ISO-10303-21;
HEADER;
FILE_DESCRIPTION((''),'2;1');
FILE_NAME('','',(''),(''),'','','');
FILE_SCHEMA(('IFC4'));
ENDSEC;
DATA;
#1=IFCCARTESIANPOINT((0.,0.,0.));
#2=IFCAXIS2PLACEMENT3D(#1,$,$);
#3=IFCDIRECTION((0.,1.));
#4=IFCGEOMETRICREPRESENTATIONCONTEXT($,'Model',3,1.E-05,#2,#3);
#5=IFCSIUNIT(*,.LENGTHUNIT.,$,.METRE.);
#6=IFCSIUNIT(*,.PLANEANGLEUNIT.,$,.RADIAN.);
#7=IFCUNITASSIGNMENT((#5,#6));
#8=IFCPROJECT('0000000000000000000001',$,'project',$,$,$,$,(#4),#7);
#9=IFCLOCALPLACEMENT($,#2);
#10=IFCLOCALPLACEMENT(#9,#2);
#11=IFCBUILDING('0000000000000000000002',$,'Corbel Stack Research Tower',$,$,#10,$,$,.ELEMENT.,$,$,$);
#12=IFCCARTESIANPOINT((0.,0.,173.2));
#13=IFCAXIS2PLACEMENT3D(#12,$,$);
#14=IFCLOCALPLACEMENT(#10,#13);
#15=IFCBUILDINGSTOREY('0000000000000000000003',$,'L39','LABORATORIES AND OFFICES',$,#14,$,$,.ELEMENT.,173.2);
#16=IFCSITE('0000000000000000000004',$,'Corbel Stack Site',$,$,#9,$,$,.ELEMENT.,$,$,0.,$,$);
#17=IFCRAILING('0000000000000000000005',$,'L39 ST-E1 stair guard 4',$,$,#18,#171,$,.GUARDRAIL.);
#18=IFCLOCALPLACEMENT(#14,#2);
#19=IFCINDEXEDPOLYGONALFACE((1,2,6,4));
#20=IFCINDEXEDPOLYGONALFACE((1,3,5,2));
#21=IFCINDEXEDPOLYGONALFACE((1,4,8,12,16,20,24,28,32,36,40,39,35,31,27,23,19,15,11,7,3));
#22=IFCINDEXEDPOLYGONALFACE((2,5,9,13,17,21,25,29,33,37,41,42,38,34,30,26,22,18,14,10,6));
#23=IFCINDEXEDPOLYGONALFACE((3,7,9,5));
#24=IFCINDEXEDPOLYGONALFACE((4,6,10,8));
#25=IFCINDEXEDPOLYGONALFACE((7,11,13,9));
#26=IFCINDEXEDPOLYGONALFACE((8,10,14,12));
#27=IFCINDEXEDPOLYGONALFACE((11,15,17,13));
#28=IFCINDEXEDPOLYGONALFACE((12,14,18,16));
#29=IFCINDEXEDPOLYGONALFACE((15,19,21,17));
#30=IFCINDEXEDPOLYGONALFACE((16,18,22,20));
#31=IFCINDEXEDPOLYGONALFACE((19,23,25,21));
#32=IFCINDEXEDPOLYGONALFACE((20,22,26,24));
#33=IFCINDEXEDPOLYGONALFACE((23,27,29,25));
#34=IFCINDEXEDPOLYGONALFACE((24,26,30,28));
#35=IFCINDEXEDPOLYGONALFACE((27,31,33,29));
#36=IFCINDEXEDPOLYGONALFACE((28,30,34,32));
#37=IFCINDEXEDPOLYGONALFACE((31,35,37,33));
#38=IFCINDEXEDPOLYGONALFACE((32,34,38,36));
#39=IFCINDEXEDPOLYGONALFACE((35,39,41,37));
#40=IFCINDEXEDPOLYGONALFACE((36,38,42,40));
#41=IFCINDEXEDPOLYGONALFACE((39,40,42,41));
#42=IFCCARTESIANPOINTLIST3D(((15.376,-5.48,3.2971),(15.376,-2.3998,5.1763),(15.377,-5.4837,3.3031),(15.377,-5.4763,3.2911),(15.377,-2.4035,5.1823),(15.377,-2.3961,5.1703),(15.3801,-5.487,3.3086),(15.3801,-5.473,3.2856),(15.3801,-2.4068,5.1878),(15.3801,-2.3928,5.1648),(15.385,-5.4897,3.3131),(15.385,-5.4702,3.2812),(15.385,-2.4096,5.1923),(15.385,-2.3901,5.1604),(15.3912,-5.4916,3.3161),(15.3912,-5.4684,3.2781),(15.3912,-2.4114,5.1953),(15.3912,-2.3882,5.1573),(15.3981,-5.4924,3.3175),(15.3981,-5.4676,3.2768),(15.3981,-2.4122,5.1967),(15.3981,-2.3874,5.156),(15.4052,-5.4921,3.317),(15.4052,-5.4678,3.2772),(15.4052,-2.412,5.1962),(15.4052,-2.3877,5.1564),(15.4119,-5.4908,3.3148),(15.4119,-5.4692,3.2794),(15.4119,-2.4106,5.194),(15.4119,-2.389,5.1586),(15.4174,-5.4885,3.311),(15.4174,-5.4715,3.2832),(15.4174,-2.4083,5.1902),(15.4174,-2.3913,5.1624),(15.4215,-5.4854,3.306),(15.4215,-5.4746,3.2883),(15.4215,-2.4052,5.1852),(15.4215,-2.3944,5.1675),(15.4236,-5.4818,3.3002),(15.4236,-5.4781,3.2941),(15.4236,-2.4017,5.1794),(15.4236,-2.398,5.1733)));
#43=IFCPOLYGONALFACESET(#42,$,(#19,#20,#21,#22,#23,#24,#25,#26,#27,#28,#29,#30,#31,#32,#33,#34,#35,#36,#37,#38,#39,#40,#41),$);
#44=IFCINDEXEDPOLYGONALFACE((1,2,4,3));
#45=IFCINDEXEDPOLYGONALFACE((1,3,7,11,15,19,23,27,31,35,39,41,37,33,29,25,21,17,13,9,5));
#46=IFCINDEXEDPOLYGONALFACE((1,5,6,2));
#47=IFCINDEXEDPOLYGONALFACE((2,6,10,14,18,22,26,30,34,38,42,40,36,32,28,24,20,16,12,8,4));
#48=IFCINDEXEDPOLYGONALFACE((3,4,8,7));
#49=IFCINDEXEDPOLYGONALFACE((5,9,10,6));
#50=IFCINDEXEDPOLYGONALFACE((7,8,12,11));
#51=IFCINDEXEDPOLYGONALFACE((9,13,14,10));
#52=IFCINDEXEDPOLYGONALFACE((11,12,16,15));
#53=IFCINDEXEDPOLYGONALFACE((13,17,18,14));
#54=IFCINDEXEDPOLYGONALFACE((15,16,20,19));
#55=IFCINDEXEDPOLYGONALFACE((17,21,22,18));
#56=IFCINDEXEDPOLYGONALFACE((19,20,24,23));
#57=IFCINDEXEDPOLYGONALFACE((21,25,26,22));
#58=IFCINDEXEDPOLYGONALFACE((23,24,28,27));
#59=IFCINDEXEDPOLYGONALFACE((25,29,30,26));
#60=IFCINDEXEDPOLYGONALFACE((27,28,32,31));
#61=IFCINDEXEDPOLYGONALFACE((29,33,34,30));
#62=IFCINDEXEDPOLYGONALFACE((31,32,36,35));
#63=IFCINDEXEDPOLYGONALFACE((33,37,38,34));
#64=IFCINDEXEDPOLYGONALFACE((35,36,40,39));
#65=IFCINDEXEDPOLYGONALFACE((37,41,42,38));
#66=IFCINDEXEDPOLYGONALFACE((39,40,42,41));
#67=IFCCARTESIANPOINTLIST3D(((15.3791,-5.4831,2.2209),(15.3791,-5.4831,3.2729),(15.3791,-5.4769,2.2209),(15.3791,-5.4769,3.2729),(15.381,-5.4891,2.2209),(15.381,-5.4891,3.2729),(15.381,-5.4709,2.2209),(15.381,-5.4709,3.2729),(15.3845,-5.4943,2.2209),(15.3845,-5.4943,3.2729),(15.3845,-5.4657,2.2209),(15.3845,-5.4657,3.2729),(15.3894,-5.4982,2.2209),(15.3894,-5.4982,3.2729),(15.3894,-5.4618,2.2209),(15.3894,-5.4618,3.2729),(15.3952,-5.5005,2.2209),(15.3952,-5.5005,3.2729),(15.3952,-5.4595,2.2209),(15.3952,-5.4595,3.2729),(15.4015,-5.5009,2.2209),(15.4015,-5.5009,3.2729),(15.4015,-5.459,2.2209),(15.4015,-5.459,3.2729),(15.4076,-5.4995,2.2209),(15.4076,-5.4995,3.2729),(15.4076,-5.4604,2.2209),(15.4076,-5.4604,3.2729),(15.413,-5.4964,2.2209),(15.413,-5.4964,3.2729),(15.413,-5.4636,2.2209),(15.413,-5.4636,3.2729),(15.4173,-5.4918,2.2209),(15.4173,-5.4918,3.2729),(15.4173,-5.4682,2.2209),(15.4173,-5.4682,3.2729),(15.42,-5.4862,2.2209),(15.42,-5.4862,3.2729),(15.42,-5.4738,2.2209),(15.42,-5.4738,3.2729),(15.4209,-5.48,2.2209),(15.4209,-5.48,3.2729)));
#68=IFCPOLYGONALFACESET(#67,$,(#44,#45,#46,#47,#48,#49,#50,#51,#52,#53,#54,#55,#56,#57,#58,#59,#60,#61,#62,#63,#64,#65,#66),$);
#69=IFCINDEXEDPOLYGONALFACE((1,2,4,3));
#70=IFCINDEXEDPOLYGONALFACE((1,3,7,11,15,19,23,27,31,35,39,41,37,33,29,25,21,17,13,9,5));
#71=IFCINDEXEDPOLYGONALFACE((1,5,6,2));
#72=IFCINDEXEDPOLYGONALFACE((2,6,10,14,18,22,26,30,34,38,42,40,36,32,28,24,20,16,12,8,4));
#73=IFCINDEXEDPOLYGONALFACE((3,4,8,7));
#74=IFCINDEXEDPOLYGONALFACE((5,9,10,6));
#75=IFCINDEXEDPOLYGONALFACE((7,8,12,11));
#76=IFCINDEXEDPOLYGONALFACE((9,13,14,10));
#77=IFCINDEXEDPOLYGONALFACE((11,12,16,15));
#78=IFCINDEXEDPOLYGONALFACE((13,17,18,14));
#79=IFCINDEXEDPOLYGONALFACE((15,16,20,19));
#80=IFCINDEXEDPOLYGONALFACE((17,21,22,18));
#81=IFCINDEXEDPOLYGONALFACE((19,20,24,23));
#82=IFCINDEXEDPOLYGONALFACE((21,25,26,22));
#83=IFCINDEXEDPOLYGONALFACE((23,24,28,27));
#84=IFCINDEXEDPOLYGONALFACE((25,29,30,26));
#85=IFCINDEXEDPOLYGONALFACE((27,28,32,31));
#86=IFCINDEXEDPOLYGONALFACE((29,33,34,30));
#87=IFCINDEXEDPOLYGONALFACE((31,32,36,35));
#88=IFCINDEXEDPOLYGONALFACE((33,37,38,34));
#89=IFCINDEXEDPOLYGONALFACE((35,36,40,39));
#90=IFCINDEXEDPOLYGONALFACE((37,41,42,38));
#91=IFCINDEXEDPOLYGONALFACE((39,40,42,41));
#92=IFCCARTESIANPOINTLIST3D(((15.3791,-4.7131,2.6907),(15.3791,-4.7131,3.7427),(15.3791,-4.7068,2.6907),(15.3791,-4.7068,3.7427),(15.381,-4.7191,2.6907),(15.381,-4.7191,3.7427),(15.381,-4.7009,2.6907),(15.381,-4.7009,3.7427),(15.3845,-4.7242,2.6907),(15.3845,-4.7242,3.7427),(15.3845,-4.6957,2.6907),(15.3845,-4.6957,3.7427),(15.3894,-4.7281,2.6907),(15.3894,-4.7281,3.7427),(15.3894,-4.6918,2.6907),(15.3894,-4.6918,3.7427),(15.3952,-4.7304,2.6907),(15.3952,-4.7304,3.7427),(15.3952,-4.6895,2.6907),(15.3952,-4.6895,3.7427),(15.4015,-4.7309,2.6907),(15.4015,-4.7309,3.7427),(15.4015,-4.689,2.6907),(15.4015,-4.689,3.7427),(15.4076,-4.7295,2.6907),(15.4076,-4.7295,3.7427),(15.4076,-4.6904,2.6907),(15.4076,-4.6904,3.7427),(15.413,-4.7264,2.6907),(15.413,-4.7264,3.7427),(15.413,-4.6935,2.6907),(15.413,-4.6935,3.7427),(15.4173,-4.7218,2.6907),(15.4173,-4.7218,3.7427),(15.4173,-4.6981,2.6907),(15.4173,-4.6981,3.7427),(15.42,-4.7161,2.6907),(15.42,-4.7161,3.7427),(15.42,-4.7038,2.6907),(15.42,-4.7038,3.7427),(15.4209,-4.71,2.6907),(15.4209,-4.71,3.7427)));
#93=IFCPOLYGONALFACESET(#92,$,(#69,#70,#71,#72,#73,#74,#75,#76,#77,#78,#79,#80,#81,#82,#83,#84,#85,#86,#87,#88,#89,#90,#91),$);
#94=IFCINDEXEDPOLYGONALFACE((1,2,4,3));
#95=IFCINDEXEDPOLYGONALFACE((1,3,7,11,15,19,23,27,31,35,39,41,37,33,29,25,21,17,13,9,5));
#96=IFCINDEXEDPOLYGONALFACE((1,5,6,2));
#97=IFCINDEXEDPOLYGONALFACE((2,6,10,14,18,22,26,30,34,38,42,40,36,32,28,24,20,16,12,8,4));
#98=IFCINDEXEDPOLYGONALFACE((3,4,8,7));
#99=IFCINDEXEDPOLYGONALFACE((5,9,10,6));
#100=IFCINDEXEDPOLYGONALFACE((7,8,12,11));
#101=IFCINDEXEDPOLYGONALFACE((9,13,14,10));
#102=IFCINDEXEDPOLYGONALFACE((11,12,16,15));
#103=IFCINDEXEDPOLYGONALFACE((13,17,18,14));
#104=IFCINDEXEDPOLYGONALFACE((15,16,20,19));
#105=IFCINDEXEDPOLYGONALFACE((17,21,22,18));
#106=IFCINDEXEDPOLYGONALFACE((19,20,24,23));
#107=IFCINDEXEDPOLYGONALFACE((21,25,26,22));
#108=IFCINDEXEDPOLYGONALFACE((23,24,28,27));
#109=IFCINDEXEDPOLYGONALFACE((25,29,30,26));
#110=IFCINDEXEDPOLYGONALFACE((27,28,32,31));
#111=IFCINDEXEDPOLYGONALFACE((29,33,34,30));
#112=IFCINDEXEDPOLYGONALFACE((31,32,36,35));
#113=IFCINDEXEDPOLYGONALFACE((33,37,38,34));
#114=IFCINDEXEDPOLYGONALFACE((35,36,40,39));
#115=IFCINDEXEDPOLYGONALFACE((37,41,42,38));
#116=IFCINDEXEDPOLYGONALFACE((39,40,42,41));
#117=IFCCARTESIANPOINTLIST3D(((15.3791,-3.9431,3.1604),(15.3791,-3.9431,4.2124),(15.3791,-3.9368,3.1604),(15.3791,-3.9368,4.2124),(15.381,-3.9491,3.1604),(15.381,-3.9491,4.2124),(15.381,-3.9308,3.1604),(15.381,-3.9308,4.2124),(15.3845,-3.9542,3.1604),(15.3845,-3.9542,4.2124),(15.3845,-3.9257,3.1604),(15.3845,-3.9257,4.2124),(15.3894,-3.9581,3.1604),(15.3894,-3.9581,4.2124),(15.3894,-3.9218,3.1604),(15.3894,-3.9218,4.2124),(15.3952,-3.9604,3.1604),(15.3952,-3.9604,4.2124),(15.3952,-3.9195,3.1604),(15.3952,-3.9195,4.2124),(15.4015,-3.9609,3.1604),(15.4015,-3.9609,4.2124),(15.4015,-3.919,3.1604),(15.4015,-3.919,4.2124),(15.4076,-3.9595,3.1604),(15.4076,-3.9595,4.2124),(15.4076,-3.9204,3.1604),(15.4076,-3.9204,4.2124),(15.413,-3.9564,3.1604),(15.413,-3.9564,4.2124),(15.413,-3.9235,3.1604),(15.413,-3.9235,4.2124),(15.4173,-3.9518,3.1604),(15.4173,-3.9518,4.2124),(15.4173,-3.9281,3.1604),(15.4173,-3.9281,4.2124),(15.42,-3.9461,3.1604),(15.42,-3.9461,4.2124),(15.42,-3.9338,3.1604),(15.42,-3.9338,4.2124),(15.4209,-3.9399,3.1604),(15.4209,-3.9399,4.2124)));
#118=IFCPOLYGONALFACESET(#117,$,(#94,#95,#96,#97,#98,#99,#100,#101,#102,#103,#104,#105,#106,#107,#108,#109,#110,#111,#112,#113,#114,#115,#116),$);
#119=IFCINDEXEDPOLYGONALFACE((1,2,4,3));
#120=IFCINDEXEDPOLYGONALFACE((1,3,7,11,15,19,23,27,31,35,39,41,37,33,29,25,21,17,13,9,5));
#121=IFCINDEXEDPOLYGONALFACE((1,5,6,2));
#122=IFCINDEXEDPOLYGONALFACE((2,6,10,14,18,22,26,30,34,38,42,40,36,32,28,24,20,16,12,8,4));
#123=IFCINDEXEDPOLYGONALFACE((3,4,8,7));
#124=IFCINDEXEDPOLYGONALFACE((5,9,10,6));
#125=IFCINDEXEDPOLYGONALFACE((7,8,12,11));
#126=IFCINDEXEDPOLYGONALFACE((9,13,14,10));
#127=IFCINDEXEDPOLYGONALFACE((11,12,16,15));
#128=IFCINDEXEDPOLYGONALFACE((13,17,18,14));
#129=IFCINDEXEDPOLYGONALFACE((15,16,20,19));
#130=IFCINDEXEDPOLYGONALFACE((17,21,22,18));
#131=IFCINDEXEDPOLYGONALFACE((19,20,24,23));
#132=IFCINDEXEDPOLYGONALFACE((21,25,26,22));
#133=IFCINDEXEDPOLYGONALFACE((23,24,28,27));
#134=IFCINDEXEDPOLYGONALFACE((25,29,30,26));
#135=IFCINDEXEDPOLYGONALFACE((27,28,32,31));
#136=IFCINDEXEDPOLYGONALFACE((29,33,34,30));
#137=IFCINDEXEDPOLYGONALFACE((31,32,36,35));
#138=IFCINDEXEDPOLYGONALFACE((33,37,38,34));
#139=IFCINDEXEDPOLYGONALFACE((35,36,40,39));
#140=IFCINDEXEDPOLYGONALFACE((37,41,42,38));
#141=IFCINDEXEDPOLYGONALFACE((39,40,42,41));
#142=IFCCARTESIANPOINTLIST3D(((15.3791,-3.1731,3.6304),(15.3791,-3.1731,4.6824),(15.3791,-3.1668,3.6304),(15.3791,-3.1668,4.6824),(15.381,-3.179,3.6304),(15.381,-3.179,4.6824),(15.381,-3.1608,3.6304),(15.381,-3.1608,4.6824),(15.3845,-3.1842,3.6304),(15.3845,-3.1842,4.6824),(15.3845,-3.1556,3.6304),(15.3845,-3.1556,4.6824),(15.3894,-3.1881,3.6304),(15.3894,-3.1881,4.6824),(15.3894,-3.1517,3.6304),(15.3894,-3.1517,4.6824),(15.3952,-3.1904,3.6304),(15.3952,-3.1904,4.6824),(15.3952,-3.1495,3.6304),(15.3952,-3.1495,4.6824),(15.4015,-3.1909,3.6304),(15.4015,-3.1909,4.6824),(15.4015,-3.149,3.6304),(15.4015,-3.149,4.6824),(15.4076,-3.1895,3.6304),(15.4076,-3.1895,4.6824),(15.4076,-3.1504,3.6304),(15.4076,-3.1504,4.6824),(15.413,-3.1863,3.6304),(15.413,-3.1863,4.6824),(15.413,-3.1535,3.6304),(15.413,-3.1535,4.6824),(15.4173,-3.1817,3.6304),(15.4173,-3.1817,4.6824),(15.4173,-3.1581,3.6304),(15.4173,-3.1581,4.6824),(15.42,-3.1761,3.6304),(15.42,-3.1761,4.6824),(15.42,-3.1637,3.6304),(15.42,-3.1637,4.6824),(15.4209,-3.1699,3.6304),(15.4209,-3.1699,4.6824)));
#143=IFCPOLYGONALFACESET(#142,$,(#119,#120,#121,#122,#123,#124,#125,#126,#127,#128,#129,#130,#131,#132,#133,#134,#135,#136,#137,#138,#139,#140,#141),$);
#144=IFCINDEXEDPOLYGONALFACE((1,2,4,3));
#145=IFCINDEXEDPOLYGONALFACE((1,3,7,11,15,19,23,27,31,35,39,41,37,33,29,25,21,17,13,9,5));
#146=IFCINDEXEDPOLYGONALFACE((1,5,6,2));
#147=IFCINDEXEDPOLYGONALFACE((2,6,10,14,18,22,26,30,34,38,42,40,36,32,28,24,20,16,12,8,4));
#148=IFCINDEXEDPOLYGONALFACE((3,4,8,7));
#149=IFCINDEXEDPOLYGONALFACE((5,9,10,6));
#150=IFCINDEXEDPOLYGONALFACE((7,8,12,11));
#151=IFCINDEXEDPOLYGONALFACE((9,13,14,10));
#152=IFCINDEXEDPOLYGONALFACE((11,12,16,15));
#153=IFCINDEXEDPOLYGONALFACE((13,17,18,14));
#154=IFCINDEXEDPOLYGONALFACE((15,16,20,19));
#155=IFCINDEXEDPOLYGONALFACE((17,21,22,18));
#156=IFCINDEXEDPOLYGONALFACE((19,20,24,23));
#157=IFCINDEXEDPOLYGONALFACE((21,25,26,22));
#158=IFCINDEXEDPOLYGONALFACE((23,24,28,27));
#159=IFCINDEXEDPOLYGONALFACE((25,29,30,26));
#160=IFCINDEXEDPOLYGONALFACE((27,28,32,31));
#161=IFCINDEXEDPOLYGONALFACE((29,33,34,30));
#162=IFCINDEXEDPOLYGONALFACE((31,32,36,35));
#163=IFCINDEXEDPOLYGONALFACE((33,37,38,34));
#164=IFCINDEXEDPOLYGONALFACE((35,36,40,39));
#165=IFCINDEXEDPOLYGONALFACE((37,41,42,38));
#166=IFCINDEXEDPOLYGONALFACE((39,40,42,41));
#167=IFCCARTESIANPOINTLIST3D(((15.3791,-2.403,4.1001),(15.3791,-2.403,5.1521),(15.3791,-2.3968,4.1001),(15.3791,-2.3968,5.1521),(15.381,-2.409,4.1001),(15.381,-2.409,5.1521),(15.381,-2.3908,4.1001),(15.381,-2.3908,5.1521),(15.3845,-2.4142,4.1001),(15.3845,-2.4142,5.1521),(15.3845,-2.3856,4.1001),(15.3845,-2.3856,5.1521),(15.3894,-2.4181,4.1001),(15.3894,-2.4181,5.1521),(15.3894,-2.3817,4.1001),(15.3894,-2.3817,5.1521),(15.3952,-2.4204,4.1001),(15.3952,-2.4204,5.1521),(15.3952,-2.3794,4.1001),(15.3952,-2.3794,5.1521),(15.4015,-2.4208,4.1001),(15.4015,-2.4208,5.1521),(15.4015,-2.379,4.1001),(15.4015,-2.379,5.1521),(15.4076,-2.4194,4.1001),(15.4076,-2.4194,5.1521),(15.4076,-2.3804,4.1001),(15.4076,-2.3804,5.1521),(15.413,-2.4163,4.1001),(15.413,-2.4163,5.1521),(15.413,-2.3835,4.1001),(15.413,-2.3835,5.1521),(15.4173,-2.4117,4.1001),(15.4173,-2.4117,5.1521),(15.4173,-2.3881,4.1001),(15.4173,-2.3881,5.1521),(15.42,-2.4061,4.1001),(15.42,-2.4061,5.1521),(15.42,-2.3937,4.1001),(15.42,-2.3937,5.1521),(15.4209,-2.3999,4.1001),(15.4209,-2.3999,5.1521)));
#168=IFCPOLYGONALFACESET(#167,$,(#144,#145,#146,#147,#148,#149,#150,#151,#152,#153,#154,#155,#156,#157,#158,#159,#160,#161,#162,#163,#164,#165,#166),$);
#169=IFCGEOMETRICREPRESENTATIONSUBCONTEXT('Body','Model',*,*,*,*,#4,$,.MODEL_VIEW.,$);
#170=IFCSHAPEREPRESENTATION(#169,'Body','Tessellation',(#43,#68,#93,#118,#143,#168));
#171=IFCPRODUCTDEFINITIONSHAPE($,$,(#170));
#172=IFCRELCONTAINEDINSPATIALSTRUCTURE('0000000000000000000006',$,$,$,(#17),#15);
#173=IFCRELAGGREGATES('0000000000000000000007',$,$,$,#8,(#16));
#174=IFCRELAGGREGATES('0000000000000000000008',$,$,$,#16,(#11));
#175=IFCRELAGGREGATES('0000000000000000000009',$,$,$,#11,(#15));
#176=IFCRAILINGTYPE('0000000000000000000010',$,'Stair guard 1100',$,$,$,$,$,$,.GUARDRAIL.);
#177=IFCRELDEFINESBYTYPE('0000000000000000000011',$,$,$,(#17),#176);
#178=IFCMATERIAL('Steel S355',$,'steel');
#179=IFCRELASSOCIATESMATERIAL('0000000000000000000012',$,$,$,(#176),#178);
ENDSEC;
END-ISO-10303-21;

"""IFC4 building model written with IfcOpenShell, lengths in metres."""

from ifc_helpers import new_model, si_unit, direction, frame, origin, origin_2d, place, context, subcontext, project, spatial, circle, extrude, material, type_object, element, save


model = new_model("IFC4")

# Units and contexts
model_context = context("Model", 3, precision=1e-05, world=origin(), true_north=direction((0.0, 1.0)))
body_context = subcontext(model_context, "Body", "Model", "MODEL_VIEW")
ifc_project = project(units=[si_unit("LENGTHUNIT", "METRE"), si_unit("PLANEANGLEUNIT", "RADIAN")], contexts=[model_context])

# Site, building, storey
site_placement = place(None, origin())
site = spatial("IfcSite", under=ifc_project, at=site_placement, Name="Corbel Stack Site", CompositionType="ELEMENT", RefElevation=0.0)
building_placement = place(site_placement, origin())
building = spatial("IfcBuilding", under=site, at=building_placement, Name="Corbel Stack Research Tower", CompositionType="ELEMENT")
storey_placement = place(building_placement, frame((0.0, 0.0, 173.2)))
storey = spatial("IfcBuildingStorey", under=building, at=storey_placement, Name="L39", Description="LABORATORIES AND OFFICES", CompositionType="ELEMENT", Elevation=173.2)

# Railing
ifc_material_1 = material(Name="Steel S355", Category="steel")
railing_type_1 = type_object("IfcRailingType", Name="Stair guard 1100", PredefinedType="GUARDRAIL", material=ifc_material_1)
railing_1_placement = place(storey_placement, frame((15.3999, -5.48, 2.2209)))
element("IfcRailing", 1, at=railing_1_placement, inside=storey, type_object=railing_type_1, Name="L39 ST-E1 stair guard 4", PredefinedType="GUARDRAIL", context=body_context, shape_type="SweptSolid", body=[
    extrude(circle(Radius=0.0239, at=origin_2d()), frame((0.0, 0.0, 1.0762), z_axis=(0.0, 0.853666, 0.52082), x_axis=(-1.0, 0.0, 0.0)), (0.0, 0.0, 1.0), 3.6082),
    extrude(circle(Radius=0.021, at=origin_2d()), origin(), (0.0, 0.0, 1.0), 1.052),
    extrude(circle(Radius=0.021, at=origin_2d()), frame((0.0, 0.77, 0.4697)), (0.0, 0.0, 1.0), 1.052),
    extrude(circle(Radius=0.021, at=origin_2d()), frame((0.0, 1.54, 0.9395)), (0.0, 0.0, 1.0), 1.052),
    extrude(circle(Radius=0.021, at=origin_2d()), frame((0.0, 2.3101, 1.4094)), (0.0, 0.0, 1.0), 1.052),
    extrude(circle(Radius=0.021, at=origin_2d()), frame((0.0, 3.0801, 1.8792)), (0.0, 0.0, 1.0), 1.052),
])

save(model, "model.ifc")
